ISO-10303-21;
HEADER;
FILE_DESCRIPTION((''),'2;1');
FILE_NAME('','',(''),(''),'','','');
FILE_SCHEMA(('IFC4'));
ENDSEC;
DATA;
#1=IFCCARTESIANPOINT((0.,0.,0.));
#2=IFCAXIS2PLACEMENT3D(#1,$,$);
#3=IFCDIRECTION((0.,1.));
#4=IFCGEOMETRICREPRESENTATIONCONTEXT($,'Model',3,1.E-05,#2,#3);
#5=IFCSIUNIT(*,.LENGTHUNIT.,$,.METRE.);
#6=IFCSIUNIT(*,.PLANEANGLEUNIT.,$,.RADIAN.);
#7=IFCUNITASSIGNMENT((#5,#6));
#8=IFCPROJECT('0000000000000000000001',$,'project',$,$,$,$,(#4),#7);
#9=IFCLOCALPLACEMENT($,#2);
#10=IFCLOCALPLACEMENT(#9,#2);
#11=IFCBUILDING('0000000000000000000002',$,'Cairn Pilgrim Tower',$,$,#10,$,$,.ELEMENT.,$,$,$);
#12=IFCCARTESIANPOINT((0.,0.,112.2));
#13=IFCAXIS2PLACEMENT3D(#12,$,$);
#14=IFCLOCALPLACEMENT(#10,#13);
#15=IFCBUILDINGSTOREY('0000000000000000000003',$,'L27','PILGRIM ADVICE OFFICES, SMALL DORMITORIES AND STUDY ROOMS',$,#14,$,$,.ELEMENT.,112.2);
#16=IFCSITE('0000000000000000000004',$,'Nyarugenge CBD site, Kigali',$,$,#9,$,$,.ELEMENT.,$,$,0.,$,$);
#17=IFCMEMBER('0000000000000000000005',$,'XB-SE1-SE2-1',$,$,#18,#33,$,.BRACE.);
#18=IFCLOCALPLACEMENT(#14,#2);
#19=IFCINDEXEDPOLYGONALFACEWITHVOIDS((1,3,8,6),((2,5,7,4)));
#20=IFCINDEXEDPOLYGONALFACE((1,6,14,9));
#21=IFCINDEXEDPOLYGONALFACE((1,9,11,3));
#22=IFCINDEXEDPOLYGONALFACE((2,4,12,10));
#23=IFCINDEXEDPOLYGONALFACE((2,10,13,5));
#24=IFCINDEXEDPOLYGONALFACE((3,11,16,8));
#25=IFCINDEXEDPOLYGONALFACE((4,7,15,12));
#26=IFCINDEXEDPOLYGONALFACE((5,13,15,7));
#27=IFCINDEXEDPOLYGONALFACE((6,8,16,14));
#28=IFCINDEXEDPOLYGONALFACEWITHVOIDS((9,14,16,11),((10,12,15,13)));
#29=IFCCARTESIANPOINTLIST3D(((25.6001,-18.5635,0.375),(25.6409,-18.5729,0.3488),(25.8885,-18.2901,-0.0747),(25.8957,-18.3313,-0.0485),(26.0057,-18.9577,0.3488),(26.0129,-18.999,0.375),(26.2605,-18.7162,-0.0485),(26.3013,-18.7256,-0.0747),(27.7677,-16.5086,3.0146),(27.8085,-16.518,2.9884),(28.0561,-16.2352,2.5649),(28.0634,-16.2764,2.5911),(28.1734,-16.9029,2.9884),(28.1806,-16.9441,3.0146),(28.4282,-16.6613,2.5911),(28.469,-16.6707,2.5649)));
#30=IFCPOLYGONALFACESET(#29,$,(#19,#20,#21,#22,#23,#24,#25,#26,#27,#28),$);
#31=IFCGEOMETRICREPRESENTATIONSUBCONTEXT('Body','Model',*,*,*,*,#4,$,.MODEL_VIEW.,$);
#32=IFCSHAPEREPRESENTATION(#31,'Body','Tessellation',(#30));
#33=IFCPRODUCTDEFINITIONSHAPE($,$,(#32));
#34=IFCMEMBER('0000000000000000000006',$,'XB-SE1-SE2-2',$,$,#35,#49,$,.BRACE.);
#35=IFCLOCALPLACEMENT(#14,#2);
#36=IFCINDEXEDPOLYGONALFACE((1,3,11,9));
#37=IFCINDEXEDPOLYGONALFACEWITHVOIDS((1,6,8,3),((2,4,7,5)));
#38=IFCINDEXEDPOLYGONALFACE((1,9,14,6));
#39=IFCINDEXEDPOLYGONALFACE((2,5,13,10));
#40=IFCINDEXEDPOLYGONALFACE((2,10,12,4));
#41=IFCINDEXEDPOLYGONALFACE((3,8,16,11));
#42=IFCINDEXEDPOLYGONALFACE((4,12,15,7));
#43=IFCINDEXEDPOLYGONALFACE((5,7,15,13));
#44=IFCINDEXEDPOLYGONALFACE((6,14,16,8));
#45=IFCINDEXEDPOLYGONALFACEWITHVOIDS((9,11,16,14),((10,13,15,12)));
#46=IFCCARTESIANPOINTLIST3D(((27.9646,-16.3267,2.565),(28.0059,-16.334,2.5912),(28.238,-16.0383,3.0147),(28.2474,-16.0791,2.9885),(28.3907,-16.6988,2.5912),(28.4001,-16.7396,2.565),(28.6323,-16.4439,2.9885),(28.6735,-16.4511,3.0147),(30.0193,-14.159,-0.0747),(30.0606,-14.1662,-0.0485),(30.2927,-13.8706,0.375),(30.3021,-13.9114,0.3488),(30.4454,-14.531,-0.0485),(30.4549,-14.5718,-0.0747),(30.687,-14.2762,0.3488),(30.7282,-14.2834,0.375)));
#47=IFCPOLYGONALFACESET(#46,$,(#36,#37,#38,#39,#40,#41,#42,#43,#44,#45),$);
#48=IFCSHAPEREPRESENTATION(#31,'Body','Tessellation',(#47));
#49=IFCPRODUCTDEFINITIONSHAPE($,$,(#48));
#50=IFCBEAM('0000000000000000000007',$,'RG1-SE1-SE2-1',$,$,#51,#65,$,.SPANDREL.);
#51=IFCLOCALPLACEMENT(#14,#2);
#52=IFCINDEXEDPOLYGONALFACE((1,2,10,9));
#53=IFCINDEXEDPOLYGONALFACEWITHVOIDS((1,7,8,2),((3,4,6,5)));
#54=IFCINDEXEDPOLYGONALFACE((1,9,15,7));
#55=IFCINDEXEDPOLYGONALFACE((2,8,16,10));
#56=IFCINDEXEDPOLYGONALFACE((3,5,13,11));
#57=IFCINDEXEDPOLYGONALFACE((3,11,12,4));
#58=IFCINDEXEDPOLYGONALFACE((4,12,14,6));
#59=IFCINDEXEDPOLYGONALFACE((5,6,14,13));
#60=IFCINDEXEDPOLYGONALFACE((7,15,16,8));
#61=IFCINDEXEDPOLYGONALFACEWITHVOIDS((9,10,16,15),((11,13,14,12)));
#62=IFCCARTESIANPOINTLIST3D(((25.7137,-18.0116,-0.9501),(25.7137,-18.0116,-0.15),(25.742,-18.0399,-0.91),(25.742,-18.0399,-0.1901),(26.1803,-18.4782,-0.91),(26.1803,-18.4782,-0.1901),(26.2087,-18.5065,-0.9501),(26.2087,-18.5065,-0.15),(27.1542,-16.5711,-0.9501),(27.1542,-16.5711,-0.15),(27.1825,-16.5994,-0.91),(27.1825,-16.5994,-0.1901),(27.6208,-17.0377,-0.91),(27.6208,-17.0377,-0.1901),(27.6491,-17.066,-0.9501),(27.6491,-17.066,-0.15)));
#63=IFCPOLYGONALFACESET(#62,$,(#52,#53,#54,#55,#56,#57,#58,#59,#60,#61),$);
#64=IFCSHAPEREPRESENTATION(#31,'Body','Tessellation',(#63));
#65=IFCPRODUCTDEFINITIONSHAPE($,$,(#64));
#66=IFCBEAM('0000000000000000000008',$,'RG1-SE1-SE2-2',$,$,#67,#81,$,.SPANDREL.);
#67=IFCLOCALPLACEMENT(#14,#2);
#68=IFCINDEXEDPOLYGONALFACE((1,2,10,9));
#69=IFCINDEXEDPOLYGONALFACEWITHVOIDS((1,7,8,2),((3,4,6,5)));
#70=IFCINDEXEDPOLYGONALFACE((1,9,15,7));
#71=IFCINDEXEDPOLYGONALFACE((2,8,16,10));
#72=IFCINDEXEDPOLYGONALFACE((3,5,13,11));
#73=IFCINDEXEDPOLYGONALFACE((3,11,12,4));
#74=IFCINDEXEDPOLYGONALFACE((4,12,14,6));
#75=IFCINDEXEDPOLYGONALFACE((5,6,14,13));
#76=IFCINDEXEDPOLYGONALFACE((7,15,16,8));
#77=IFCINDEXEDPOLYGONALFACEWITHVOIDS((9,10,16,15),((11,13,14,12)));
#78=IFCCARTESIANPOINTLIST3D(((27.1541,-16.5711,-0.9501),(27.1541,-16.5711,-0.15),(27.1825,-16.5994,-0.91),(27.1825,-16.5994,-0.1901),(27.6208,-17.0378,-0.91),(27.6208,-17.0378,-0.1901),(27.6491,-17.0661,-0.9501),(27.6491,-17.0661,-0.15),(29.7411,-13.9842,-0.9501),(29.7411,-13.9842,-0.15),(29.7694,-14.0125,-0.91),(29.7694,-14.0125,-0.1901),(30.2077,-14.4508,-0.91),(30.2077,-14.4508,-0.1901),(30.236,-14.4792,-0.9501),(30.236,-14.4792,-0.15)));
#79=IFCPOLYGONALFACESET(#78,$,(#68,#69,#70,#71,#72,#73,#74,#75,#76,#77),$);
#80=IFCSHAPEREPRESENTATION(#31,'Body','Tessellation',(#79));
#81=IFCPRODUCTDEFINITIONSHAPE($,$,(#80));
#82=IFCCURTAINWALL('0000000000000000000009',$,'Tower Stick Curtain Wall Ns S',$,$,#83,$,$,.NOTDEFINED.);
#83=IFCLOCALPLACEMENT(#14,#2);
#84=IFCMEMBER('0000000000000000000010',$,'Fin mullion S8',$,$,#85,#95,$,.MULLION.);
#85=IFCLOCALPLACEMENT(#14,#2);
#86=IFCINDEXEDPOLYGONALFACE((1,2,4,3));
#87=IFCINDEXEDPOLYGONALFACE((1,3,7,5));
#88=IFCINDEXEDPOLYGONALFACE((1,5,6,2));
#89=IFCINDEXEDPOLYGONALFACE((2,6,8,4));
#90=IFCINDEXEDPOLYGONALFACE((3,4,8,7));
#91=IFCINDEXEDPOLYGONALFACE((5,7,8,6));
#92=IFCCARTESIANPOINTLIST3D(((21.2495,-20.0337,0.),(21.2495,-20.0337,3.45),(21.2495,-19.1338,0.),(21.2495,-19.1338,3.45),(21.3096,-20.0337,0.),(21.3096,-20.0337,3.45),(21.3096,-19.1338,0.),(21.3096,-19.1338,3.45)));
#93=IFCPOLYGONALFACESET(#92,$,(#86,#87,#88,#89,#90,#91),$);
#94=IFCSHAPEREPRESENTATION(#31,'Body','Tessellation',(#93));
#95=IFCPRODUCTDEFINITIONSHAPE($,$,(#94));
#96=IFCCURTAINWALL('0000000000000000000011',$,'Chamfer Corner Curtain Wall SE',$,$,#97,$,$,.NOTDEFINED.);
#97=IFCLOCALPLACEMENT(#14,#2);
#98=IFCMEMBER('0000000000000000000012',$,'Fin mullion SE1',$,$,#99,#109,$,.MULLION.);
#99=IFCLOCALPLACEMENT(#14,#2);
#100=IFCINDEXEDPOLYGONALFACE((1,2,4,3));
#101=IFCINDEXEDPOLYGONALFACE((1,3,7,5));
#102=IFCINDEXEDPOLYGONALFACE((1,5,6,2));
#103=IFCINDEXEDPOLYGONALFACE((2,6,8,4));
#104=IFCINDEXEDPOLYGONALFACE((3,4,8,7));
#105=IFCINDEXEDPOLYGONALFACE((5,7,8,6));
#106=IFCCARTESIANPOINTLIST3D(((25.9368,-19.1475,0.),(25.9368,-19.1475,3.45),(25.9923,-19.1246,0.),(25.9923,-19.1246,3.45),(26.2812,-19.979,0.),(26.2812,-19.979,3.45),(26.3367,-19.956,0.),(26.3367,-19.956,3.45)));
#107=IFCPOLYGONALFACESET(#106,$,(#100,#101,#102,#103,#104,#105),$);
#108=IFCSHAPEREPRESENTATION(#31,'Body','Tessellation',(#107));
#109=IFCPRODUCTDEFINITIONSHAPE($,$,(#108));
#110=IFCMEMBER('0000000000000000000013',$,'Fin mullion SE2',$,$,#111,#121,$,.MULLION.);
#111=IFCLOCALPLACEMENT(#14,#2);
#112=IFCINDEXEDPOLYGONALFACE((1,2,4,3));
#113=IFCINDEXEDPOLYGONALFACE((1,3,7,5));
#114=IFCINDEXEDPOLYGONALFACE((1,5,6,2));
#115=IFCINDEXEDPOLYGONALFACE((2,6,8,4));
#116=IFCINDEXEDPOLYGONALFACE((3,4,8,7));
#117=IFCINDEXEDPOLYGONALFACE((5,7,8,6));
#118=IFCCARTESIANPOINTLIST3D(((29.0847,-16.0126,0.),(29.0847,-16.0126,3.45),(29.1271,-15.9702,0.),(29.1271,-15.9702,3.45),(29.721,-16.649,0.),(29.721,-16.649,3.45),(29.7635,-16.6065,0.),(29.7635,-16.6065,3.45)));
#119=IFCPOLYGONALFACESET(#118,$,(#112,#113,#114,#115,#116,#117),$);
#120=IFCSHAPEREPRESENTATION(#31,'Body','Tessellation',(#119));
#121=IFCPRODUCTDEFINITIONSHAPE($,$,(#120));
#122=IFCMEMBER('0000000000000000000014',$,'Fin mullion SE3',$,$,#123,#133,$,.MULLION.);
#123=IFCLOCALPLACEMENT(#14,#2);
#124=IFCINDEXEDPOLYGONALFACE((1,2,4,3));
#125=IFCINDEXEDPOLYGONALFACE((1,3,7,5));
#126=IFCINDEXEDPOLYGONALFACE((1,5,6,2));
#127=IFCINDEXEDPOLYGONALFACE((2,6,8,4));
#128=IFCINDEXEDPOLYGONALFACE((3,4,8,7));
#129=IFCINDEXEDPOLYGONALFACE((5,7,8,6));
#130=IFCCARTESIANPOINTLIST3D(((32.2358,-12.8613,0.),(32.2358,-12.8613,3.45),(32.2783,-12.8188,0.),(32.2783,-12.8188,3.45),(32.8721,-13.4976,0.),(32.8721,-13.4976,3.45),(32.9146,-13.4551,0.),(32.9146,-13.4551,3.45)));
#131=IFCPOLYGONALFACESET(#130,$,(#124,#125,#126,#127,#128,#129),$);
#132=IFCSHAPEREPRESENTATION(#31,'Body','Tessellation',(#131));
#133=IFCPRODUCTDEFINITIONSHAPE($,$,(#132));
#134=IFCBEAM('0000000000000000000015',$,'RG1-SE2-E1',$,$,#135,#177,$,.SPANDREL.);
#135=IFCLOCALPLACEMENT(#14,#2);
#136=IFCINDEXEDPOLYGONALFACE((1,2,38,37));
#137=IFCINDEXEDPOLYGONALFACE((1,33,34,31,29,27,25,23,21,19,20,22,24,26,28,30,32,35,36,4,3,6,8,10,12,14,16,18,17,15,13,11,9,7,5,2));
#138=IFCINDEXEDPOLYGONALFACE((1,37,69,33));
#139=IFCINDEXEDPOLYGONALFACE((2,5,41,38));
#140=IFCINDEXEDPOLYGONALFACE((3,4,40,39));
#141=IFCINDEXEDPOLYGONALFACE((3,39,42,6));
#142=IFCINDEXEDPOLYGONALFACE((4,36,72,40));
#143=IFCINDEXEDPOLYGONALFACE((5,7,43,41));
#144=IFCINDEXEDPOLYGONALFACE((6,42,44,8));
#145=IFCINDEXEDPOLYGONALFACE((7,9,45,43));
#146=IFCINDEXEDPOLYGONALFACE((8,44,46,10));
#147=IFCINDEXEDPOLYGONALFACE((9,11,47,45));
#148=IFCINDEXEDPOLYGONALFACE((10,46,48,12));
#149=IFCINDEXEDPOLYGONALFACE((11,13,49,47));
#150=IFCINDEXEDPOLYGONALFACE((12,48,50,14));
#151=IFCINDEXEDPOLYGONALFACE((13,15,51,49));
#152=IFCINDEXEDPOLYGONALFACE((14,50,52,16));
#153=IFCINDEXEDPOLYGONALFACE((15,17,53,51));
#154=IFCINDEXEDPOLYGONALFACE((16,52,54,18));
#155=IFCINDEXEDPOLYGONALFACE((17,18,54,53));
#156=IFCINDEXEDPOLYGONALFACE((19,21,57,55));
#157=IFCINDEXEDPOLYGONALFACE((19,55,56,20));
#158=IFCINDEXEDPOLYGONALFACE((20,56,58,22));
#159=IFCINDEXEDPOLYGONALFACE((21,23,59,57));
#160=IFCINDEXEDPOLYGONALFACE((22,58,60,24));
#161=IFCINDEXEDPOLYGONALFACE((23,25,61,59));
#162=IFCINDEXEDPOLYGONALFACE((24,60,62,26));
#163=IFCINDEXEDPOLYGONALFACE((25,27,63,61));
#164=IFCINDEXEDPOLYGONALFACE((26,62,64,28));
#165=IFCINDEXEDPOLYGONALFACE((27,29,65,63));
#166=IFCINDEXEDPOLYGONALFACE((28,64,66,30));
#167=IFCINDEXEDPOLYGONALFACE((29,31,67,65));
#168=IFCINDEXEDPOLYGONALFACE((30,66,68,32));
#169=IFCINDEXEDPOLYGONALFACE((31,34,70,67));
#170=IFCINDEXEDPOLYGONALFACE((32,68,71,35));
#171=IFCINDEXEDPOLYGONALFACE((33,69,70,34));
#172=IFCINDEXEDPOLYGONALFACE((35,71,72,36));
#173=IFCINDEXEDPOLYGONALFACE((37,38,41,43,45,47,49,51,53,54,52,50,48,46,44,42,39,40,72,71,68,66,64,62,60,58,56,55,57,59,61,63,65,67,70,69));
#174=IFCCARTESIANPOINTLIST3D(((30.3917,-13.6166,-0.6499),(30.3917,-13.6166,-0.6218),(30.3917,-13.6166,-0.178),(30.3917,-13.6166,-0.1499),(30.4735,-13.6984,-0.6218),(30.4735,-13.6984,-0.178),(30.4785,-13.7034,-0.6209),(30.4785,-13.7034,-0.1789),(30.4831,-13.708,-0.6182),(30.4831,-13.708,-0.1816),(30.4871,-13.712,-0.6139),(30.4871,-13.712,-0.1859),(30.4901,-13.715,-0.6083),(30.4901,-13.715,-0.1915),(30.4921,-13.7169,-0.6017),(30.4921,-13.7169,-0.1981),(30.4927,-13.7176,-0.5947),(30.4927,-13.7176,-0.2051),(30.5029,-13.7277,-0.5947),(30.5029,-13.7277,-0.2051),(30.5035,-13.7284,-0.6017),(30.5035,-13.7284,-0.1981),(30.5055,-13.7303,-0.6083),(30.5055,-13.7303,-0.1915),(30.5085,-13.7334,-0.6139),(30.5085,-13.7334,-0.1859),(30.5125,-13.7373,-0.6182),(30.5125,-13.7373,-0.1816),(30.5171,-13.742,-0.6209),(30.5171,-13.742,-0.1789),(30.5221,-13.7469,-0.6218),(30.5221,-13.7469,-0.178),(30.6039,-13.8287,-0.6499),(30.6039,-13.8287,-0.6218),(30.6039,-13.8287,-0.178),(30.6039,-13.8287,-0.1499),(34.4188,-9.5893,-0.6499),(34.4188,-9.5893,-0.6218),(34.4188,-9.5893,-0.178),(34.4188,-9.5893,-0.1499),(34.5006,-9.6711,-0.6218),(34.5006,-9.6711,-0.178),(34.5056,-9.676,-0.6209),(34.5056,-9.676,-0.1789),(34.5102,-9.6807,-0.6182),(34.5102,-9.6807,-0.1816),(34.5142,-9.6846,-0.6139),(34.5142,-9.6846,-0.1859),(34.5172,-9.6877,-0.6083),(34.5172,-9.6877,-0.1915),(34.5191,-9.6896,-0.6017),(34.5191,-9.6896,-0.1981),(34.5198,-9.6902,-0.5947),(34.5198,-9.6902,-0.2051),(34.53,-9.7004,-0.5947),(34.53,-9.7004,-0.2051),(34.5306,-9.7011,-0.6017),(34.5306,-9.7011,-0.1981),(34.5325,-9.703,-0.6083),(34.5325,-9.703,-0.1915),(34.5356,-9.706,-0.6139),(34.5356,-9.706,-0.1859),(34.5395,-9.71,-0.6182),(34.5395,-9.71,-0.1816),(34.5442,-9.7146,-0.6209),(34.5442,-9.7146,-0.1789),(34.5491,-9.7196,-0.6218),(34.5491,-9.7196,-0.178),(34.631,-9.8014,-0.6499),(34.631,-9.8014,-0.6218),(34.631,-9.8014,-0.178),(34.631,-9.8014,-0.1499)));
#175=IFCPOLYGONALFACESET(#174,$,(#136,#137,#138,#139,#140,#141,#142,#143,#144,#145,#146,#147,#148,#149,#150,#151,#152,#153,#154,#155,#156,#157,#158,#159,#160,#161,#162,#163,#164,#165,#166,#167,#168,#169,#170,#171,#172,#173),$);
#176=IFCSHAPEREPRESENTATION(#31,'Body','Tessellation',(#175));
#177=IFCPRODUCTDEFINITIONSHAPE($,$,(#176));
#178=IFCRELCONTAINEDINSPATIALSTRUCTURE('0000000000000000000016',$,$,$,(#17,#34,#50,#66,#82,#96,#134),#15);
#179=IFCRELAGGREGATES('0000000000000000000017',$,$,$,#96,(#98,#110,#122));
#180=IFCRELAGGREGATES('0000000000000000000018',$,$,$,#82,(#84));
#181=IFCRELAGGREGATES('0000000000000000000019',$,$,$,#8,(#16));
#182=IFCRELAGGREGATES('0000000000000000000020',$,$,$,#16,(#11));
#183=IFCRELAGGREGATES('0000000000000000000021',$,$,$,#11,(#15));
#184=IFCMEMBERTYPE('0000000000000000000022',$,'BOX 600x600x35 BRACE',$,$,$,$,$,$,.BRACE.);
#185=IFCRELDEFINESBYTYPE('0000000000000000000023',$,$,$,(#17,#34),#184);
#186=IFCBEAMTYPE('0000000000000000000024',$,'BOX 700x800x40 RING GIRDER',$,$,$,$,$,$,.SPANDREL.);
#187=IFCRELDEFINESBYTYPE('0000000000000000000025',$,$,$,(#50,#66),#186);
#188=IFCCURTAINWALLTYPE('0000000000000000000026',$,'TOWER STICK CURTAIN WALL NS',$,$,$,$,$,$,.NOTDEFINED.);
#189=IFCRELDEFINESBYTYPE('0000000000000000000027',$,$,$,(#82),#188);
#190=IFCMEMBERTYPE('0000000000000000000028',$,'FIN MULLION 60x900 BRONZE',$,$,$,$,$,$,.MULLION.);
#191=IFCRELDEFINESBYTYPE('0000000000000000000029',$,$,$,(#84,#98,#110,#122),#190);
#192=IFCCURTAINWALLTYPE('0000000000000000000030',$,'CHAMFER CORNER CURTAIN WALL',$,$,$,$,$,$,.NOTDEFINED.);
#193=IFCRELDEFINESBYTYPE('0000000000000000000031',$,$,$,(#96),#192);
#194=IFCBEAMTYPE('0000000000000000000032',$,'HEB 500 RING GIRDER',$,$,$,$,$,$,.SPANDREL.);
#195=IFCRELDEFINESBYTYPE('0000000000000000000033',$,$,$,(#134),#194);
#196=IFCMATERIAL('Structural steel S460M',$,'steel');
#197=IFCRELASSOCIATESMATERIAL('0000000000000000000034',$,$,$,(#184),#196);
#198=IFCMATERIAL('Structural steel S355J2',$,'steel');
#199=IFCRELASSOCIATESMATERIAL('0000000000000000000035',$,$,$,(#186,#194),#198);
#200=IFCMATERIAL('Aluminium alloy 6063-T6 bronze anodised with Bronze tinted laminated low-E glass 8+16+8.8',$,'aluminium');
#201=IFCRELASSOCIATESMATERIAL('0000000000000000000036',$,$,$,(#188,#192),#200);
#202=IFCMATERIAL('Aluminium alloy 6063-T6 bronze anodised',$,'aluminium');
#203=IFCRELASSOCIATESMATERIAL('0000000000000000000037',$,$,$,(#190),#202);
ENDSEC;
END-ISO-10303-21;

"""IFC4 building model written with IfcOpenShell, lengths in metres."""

from ifc_helpers import new_model, si_unit, direction, frame, origin, origin_2d, place, context, subcontext, project, spatial, rectangle, hollow_rectangle, i_section, extrude, material, material_profile, profile_set, type_object, element, aggregate, save


model = new_model("IFC4")

# Units and contexts
model_context = context("Model", 3, precision=1e-05, world=origin(), true_north=direction((0.0, 1.0)))
body_context = subcontext(model_context, "Body", "Model", "MODEL_VIEW")
ifc_project = project(units=[si_unit("LENGTHUNIT", "METRE"), si_unit("PLANEANGLEUNIT", "RADIAN")], contexts=[model_context])

# Site, building, storey
site_placement = place(None, origin())
site = spatial("IfcSite", under=ifc_project, at=site_placement, Name="Nyarugenge CBD site, Kigali", CompositionType="ELEMENT", RefElevation=0.0)
building_placement = place(site_placement, origin())
building = spatial("IfcBuilding", under=site, at=building_placement, Name="Cairn Pilgrim Tower", CompositionType="ELEMENT")
storey_placement = place(building_placement, frame((0.0, 0.0, 112.2)))
storey = spatial("IfcBuildingStorey", under=building, at=storey_placement, Name="L27", Description="PILGRIM ADVICE OFFICES, SMALL DORMITORIES AND STUDY ROOMS", CompositionType="ELEMENT", Elevation=112.2)

# Shared definitions
ifc_material_1 = material(Name="Structural steel S460M", Category="steel")

# Members
ifc_material_profile_1 = material_profile(ifc_material_1, hollow_rectangle(XDim=0.6001, YDim=0.6001, WallThickness=0.0349, at=origin_2d()), Name="BOX 600x600x35")
ifc_profile_set_1 = profile_set([ifc_material_profile_1], Name="Structural steel S460M")
member_type_1 = type_object("IfcMemberType", Name="BOX 600x600x35 BRACE", PredefinedType="BRACE", material=ifc_profile_set_1)
for number, where, z_axis, x_axis, name in (
    (1, (25.9507, -18.6445, 0.1501), (0.543812, 0.515516, 0.662202), (-0.687974, 0.725736, 0.0), "XB-SE1-SE2-1"),
    (2, (30.3738, -14.2212, 0.1501), (-0.515471, -0.543829, 0.662223), (0.725777, -0.687931, 0.0), "XB-SE1-SE2-2"),
):
    element("IfcMember", number, at=place(storey_placement, frame(where, z_axis=z_axis, x_axis=x_axis)), inside=storey, type_object=member_type_1, Name=name, PredefinedType="BRACE", context=body_context, shape_type="SweptSolid", body=[
        extrude(hollow_rectangle(XDim=0.6001, YDim=0.6001, WallThickness=0.0349, at=origin_2d()), origin(), (0.0, 0.0, 1.0), 3.9861),
    ])

# Beams
ifc_material_2 = material(Name="Structural steel S355J2", Category="steel")
ifc_material_profile_2 = material_profile(ifc_material_2, hollow_rectangle(XDim=0.7, YDim=0.8, WallThickness=0.04, at=origin_2d()), Name="BOX 700x800x40")
ifc_profile_set_2 = profile_set([ifc_material_profile_2], Name="Structural steel S355J2")
beam_type_1 = type_object("IfcBeamType", Name="BOX 700x800x40 RING GIRDER", PredefinedType="SPANDREL", material=ifc_profile_set_2)
beam_1_placement = place(storey_placement, frame((25.9612, -18.259, -0.55), z_axis=(0.707107, 0.707107, 0.0), x_axis=(-0.707107, 0.707107, 0.0)))
element("IfcBeam", 3, at=beam_1_placement, inside=storey, type_object=beam_type_1, Name="RG1-SE1-SE2-1", PredefinedType="SPANDREL", context=body_context, shape_type="SweptSolid", body=[
    extrude(hollow_rectangle(XDim=0.7, YDim=0.8, WallThickness=0.04, at=origin_2d()), origin(), (0.0, 0.0, 1.0), 2.0371),
])
beam_2_placement = place(storey_placement, frame((27.4016, -16.8186, -0.55), z_axis=(0.707107, 0.707107, 0.0), x_axis=(-0.707107, 0.707107, 0.0)))
element("IfcBeam", 4, at=beam_2_placement, inside=storey, type_object=beam_type_1, Name="RG1-SE1-SE2-2", PredefinedType="SPANDREL", context=body_context, shape_type="SweptSolid", body=[
    extrude(hollow_rectangle(XDim=0.7, YDim=0.8, WallThickness=0.04, at=origin_2d()), origin(), (0.0, 0.0, 1.0), 3.6584),
])

# Curtain wall, member
ifc_material_3 = material(Name="Aluminium alloy 6063-T6 bronze anodised with Bronze tinted laminated low-E glass 8+16+8.8", Category="aluminium")
curtain_wall_type_1 = type_object("IfcCurtainWallType", Name="TOWER STICK CURTAIN WALL NS", PredefinedType="NOTDEFINED", material=ifc_material_3)
curtain_wall_1_placement = place(storey_placement, origin())
curtain_wall_1 = element("IfcCurtainWall", 5, at=curtain_wall_1_placement, inside=storey, type_object=curtain_wall_type_1, Name="Tower Stick Curtain Wall Ns S", PredefinedType="NOTDEFINED")
ifc_material_4 = material(Name="Aluminium alloy 6063-T6 bronze anodised", Category="aluminium")
ifc_material_profile_3 = material_profile(ifc_material_4, rectangle(XDim=0.8999, YDim=0.0601, at=origin_2d()), Name="FIN MULLION 60x900 BRONZE")
ifc_profile_set_3 = profile_set([ifc_material_profile_3], Name="Aluminium alloy 6063-T6 bronze anodised")
member_type_2 = type_object("IfcMemberType", Name="FIN MULLION 60x900 BRONZE", PredefinedType="MULLION", material=ifc_profile_set_3)
member_1_placement = place(storey_placement, frame((21.2795, -19.5837, 0.0), z_axis=(0.0, 0.0, 1.0), x_axis=(0.0, -1.0, 0.0)))
member_1 = element("IfcMember", 6, at=member_1_placement, type_object=member_type_2, Name="Fin mullion S8", PredefinedType="MULLION", context=body_context, shape_type="SweptSolid", body=[
    extrude(rectangle(XDim=0.8999, YDim=0.0601, at=origin_2d()), origin(), (0.0, 0.0, 1.0), 3.45),
])

# Curtain wall, members
curtain_wall_type_2 = type_object("IfcCurtainWallType", Name="CHAMFER CORNER CURTAIN WALL", PredefinedType="NOTDEFINED", material=ifc_material_3)
curtain_wall_2_placement = place(storey_placement, origin())
curtain_wall_2 = element("IfcCurtainWall", 7, at=curtain_wall_2_placement, inside=storey, type_object=curtain_wall_type_2, Name="Chamfer Corner Curtain Wall SE", PredefinedType="NOTDEFINED")
member_2_placement = place(storey_placement, frame((26.1367, -19.5518, 0.0), z_axis=(0.0, 0.0, 1.0), x_axis=(0.382683, -0.92388, 0.0)))
member_2 = element("IfcMember", 8, at=member_2_placement, type_object=member_type_2, Name="Fin mullion SE1", PredefinedType="MULLION", context=body_context, shape_type="SweptSolid", body=[
    extrude(rectangle(XDim=0.8999, YDim=0.0601, at=origin_2d()), origin(), (0.0, 0.0, 1.0), 3.45),
])
member_3_placement = place(storey_placement, frame((29.4241, -16.3096, 0.0), z_axis=(0.0, 0.0, 1.0), x_axis=(0.707107, -0.707107, 0.0)))
member_3 = element("IfcMember", 9, at=member_3_placement, type_object=member_type_2, Name="Fin mullion SE2", PredefinedType="MULLION", context=body_context, shape_type="SweptSolid", body=[
    extrude(rectangle(XDim=0.8999, YDim=0.0601, at=origin_2d()), origin(), (0.0, 0.0, 1.0), 3.45),
])
member_4_placement = place(storey_placement, frame((32.5752, -13.1582, 0.0), z_axis=(0.0, 0.0, 1.0), x_axis=(0.707107, -0.707107, 0.0)))
member_4 = element("IfcMember", 10, at=member_4_placement, type_object=member_type_2, Name="Fin mullion SE3", PredefinedType="MULLION", context=body_context, shape_type="SweptSolid", body=[
    extrude(rectangle(XDim=0.8999, YDim=0.0601, at=origin_2d()), origin(), (0.0, 0.0, 1.0), 3.45),
])

# Beam
ifc_material_profile_4 = material_profile(ifc_material_2, i_section(OverallWidth=0.3, OverallDepth=0.5, WebThickness=0.0144, FlangeThickness=0.0281, FilletRadius=0.0271, at=origin_2d()), Name="HEB 500")
ifc_profile_set_4 = profile_set([ifc_material_profile_4], Name="Structural steel S355J2")
beam_type_2 = type_object("IfcBeamType", Name="HEB 500 RING GIRDER", PredefinedType="SPANDREL", material=ifc_profile_set_4)
beam_3_placement = place(storey_placement, frame((30.4978, -13.7227, -0.3999), z_axis=(0.707085, 0.707128, 0.0), x_axis=(-0.707128, 0.707085, 0.0)))
element("IfcBeam", 11, at=beam_3_placement, inside=storey, type_object=beam_type_2, Name="RG1-SE2-E1", PredefinedType="SPANDREL", context=body_context, shape_type="SweptSolid", body=[
    extrude(i_section(OverallWidth=0.3, OverallDepth=0.5, WebThickness=0.0144, FlangeThickness=0.0281, FilletRadius=0.0271, at=origin_2d()), origin(), (0.0, 0.0, 1.0), 5.6953),
])

aggregate(curtain_wall_2, [member_2, member_3, member_4])
aggregate(curtain_wall_1, [member_1])

save(model, "model.ifc")
